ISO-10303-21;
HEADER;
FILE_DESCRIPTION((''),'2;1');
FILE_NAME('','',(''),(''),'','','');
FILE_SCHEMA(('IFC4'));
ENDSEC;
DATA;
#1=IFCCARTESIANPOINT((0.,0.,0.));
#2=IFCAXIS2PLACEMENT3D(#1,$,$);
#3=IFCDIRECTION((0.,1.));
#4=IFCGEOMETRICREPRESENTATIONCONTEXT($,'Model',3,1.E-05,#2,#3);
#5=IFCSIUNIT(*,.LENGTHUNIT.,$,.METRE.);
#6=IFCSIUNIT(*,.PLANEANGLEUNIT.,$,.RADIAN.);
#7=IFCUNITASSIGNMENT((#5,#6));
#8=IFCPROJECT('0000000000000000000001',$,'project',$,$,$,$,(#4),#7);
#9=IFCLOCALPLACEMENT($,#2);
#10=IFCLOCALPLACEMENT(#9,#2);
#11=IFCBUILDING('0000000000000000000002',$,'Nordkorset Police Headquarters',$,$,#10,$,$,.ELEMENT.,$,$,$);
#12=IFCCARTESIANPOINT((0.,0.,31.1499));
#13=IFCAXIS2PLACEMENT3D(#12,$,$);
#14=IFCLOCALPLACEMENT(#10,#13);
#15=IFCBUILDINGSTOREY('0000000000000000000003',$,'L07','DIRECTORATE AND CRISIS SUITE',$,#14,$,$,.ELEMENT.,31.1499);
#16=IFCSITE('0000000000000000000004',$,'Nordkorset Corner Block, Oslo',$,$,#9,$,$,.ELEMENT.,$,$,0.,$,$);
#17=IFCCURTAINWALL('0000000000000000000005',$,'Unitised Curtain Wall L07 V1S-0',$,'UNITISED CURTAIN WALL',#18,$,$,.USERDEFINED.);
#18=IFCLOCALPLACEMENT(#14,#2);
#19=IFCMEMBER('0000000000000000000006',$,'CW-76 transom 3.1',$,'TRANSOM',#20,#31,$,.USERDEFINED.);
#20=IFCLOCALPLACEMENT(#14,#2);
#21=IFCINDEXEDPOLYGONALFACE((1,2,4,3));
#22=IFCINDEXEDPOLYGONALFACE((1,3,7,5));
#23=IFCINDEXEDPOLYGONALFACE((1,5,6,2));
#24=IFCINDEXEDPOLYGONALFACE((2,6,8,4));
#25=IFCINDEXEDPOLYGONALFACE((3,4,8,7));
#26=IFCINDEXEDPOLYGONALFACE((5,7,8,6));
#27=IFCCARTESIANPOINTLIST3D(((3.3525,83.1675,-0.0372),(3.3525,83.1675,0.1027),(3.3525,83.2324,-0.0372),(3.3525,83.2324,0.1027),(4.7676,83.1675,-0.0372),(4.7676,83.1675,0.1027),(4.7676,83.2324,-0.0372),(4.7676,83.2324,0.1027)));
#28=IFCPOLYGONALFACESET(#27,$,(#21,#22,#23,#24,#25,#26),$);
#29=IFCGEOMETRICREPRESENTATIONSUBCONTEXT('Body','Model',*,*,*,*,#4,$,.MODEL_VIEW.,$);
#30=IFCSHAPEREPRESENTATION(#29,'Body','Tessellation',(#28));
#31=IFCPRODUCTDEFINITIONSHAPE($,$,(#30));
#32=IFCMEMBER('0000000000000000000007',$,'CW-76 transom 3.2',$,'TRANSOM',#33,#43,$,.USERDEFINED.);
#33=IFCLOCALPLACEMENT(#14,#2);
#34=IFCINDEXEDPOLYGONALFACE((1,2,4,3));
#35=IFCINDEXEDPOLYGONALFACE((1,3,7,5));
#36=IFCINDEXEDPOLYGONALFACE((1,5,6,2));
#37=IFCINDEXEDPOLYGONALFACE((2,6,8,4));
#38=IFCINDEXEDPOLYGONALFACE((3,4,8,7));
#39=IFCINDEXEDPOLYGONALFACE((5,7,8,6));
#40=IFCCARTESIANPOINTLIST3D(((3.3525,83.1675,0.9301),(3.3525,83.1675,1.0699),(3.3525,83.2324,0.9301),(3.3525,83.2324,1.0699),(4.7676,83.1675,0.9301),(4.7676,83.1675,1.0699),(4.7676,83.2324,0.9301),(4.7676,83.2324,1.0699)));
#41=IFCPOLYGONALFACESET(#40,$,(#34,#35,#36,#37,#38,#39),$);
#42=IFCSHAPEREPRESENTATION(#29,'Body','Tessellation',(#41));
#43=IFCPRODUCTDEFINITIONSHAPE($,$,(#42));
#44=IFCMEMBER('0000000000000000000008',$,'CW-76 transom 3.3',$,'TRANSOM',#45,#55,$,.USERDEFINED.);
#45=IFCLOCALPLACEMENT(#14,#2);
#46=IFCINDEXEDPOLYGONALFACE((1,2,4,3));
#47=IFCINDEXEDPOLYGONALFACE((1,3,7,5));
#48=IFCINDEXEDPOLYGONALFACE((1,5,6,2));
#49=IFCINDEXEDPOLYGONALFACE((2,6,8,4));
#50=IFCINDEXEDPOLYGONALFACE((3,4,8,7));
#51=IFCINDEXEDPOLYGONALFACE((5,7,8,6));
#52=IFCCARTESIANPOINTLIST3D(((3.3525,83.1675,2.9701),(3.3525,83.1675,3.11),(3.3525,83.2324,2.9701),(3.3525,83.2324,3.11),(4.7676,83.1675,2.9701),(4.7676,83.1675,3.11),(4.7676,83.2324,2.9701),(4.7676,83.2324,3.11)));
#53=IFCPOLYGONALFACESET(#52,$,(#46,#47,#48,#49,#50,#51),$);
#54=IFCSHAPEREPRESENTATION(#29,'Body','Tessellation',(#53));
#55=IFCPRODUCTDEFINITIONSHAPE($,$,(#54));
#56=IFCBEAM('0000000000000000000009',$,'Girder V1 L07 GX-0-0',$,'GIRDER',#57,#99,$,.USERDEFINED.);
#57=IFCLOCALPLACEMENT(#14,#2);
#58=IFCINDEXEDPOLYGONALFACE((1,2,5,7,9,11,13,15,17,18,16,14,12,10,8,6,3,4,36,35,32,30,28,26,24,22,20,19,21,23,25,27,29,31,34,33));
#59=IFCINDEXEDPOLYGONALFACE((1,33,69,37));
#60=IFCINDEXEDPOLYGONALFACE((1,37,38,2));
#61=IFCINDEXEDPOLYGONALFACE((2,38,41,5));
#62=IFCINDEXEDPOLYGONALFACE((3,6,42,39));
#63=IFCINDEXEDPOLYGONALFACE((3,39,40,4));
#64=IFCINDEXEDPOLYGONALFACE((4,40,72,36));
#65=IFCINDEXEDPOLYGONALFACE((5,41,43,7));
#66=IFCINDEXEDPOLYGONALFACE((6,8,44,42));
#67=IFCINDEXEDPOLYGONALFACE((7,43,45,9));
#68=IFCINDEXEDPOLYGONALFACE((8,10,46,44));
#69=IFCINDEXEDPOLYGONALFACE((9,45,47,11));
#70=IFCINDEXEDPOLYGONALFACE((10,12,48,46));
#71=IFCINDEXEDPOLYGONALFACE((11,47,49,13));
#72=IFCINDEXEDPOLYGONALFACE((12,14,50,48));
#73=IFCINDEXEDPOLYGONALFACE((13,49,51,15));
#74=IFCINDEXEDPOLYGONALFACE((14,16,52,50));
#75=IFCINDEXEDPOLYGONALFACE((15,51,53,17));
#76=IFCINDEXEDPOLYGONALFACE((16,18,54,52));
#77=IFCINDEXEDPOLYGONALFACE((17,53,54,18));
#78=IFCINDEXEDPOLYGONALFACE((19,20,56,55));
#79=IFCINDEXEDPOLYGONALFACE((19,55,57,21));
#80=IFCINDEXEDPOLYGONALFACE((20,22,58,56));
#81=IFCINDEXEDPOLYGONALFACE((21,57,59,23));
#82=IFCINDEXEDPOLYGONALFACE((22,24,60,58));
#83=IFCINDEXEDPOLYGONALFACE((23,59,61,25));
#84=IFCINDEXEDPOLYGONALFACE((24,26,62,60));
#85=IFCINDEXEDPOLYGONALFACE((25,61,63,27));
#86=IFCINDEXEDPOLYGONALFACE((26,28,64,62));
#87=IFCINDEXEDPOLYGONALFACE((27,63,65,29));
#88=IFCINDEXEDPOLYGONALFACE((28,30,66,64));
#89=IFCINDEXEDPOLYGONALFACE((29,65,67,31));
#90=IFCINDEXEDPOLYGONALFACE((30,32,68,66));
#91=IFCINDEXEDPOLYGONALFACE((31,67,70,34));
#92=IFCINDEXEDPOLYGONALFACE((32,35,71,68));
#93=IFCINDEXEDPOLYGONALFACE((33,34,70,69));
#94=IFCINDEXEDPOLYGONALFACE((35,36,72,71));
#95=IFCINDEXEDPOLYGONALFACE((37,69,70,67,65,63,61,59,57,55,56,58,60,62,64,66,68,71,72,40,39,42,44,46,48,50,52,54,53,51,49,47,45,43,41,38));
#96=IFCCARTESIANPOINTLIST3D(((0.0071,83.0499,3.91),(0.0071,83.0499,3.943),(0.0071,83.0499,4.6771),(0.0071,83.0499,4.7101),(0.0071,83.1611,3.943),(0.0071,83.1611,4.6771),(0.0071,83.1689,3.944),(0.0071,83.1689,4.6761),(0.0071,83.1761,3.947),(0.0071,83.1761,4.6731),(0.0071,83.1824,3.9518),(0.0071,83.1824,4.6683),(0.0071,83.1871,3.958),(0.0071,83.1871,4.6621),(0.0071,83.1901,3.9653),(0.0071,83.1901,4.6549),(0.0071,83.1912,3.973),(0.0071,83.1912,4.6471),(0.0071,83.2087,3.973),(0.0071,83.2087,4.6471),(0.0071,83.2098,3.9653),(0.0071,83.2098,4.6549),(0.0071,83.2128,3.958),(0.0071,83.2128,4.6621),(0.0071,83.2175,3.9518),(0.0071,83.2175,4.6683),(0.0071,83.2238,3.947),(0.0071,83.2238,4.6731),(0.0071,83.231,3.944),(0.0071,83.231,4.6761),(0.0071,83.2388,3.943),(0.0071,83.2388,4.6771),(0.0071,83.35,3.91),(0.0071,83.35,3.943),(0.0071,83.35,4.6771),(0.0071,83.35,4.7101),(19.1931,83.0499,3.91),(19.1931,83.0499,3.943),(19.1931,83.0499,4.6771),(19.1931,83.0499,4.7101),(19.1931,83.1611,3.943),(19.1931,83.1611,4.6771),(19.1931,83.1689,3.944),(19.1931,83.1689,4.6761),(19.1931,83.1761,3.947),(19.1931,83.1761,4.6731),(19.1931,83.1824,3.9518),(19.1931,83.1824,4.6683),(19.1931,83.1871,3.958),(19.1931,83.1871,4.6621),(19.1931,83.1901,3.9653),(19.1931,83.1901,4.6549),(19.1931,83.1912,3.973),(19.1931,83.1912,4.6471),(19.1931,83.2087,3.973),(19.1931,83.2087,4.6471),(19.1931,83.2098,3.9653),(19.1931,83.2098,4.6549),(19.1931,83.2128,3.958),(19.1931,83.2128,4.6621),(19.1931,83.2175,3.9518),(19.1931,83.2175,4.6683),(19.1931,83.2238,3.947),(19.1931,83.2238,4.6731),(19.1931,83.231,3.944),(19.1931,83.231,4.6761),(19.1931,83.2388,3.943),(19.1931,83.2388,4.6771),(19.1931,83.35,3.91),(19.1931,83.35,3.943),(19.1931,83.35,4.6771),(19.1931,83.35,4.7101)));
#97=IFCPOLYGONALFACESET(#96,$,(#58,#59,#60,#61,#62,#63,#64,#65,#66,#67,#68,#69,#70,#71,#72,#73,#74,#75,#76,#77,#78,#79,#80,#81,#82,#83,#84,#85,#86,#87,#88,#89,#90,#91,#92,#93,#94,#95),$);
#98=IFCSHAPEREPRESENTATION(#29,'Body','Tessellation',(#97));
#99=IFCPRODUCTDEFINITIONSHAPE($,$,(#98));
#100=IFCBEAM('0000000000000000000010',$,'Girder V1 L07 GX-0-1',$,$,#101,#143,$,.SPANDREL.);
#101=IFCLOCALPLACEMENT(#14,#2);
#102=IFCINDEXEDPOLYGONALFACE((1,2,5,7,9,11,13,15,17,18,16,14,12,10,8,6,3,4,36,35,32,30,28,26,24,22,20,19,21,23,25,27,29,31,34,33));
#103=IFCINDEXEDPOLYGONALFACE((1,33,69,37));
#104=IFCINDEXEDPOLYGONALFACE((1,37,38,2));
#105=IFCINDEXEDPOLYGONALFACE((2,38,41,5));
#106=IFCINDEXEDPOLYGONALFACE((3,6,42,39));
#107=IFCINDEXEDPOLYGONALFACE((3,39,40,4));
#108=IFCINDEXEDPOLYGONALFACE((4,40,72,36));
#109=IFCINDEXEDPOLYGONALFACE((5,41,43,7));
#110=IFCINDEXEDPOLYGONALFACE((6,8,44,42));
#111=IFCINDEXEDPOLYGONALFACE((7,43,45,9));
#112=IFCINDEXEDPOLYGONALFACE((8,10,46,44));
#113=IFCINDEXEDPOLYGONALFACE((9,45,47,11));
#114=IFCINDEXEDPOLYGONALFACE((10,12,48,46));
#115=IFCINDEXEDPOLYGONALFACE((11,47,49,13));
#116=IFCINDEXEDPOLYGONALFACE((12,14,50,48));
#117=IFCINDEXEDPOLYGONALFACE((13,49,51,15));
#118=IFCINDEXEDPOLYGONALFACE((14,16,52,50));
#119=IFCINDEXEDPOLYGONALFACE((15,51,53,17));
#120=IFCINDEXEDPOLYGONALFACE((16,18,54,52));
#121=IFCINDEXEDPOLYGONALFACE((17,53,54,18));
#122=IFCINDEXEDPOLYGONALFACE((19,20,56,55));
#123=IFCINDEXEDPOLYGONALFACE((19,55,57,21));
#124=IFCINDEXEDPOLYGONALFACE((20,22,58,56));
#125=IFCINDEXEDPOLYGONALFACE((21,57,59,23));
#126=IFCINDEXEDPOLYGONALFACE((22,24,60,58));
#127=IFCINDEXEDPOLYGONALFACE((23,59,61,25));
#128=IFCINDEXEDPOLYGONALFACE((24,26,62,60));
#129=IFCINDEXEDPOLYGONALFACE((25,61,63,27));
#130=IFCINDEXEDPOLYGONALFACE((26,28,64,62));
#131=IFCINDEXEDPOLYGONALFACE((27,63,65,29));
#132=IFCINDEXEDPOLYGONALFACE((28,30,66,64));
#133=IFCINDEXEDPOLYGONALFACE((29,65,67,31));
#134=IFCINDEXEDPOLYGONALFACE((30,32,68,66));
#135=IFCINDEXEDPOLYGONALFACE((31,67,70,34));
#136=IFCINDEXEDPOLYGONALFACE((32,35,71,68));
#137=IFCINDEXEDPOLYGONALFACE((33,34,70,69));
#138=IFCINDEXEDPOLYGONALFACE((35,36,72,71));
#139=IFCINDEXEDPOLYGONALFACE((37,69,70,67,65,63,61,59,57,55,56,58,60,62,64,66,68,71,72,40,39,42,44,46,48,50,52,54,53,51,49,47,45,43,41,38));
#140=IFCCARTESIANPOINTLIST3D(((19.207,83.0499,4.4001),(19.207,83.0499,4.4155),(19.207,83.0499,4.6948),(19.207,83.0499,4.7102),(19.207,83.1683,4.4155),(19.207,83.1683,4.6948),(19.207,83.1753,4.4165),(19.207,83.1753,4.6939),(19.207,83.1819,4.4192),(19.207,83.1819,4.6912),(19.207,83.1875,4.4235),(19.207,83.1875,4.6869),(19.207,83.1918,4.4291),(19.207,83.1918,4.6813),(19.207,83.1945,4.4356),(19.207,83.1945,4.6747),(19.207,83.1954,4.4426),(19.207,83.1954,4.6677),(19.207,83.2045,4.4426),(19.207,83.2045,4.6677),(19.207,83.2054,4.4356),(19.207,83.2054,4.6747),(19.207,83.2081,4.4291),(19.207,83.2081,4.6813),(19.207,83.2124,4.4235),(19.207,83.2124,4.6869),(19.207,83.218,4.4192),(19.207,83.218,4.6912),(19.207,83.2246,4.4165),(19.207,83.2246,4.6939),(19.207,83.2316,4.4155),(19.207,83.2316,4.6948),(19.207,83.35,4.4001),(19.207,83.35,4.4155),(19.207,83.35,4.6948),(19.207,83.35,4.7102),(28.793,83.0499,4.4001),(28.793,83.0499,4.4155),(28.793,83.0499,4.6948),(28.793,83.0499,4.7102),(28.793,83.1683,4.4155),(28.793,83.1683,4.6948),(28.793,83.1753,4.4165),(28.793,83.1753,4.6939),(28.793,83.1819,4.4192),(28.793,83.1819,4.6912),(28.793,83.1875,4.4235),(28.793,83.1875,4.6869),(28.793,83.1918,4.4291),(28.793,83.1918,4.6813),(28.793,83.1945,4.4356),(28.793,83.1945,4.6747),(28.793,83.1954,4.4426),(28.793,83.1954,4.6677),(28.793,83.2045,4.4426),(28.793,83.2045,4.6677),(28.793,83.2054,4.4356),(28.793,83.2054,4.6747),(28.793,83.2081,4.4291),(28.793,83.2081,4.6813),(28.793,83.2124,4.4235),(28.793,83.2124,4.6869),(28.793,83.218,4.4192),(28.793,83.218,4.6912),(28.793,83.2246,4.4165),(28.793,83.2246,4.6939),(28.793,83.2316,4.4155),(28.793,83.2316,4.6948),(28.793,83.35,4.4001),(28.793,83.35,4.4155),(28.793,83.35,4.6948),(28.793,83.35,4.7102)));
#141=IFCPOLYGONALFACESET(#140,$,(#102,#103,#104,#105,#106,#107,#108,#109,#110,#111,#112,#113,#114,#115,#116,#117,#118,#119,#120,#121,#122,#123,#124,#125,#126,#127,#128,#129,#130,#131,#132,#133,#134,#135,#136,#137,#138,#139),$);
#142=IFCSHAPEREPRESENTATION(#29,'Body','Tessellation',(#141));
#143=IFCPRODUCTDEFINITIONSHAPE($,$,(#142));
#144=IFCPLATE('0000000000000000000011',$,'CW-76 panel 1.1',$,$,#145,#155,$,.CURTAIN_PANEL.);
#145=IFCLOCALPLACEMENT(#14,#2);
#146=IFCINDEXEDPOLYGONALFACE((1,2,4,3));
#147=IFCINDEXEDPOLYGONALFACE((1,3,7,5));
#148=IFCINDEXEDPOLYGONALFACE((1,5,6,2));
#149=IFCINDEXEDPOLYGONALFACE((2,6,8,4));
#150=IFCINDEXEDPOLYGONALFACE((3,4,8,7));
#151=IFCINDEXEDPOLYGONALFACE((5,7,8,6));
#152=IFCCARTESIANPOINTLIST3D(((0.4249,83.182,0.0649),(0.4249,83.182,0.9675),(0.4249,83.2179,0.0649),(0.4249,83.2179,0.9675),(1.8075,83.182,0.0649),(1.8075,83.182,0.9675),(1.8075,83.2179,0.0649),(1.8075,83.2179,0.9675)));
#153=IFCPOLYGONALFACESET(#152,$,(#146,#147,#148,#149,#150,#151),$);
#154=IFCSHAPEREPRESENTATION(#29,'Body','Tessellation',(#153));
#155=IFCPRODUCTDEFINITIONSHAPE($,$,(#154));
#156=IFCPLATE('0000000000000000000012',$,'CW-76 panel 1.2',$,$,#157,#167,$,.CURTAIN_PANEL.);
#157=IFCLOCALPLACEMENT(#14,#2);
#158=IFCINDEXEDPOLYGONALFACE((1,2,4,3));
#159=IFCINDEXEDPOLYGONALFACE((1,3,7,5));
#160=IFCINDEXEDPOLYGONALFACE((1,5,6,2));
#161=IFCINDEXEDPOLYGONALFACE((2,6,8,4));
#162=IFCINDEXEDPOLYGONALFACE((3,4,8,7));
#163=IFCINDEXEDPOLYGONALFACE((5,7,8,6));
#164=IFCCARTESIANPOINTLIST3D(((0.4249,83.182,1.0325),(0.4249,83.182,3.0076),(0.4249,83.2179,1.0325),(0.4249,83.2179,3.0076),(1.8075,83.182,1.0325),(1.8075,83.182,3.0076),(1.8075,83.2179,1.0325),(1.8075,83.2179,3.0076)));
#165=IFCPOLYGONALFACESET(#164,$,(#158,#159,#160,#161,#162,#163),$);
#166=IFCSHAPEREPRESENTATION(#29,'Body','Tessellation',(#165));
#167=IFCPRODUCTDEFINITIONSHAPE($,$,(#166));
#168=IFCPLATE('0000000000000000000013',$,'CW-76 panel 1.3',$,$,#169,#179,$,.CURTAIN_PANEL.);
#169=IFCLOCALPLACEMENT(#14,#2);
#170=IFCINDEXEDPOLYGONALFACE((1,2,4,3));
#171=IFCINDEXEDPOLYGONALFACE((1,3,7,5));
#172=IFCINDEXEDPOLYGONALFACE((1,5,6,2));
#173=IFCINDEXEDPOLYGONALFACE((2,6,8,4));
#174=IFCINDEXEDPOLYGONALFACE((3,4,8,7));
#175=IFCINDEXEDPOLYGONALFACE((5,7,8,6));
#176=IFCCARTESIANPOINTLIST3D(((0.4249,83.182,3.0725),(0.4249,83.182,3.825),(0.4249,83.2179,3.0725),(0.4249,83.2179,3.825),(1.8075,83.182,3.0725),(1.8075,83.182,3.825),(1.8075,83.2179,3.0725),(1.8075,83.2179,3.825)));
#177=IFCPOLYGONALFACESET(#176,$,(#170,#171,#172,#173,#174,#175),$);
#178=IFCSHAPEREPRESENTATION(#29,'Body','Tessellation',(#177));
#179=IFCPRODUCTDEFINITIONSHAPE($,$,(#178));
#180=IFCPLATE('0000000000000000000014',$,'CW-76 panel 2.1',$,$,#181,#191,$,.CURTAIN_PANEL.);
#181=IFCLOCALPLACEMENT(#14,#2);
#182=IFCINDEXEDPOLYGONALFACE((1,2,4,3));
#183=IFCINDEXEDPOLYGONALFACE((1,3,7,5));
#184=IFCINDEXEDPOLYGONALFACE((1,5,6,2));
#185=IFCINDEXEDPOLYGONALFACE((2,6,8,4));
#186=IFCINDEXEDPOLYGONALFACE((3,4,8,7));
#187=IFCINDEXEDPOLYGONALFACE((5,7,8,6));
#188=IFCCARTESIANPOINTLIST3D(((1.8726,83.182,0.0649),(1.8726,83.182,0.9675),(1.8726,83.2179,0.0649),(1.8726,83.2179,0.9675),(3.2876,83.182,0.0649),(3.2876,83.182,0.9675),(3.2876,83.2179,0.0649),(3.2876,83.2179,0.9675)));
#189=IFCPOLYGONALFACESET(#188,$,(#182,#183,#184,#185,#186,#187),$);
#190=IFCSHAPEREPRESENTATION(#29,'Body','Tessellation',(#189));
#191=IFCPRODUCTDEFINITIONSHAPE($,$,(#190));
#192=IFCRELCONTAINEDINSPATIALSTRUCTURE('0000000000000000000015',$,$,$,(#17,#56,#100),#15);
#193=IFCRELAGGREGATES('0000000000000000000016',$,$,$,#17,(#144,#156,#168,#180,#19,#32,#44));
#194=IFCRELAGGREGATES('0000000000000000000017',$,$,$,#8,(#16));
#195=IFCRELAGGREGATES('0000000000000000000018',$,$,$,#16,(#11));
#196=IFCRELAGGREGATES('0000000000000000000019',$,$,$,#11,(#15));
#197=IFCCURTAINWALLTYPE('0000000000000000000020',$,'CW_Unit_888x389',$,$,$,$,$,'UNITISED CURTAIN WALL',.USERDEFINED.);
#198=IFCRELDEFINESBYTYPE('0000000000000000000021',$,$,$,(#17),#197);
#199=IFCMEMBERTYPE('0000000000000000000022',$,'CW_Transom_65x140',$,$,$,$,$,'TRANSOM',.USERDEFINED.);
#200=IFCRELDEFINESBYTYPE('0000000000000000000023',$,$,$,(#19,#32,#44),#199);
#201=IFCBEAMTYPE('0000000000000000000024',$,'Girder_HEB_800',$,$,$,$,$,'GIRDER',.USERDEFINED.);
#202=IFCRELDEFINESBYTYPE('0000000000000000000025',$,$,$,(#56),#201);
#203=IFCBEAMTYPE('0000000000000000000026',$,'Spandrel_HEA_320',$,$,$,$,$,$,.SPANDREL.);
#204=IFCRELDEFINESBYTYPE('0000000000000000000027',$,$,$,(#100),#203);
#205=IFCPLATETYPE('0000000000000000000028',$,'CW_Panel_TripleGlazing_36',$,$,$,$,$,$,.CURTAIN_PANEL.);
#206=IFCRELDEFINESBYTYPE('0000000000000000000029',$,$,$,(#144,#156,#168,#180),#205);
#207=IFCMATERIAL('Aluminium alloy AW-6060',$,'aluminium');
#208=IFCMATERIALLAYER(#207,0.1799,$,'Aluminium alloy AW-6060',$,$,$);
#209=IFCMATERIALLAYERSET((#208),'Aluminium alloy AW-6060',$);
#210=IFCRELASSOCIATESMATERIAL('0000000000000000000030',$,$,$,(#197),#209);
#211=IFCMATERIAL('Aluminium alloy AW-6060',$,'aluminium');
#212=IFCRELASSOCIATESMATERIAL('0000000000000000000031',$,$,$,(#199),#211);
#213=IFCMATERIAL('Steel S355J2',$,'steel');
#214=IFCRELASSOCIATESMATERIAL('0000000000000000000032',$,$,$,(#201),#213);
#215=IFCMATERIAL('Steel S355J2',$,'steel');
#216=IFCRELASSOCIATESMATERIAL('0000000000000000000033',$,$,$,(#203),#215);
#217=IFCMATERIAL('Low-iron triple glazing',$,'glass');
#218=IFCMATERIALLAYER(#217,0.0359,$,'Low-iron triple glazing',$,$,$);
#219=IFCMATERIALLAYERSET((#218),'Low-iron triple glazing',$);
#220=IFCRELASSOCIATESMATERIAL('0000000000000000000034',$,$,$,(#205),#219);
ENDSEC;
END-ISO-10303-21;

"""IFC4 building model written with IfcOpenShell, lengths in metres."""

from ifc_helpers import new_model, si_unit, direction, frame, origin, origin_2d, place, context, subcontext, project, spatial, rectangle, i_section, extrude, material, layer, layer_set, material_profile, profile_set, type_object, element, aggregate, save


model = new_model("IFC4")

# Units and contexts
model_context = context("Model", 3, precision=1e-05, world=origin(), true_north=direction((0.0, 1.0)))
body_context = subcontext(model_context, "Body", "Model", "MODEL_VIEW")
ifc_project = project(units=[si_unit("LENGTHUNIT", "METRE"), si_unit("PLANEANGLEUNIT", "RADIAN")], contexts=[model_context])

# Site, building, storey
site_placement = place(None, origin())
site = spatial("IfcSite", under=ifc_project, at=site_placement, Name="Nordkorset Corner Block, Oslo", CompositionType="ELEMENT", RefElevation=0.0)
building_placement = place(site_placement, origin())
building = spatial("IfcBuilding", under=site, at=building_placement, Name="Nordkorset Police Headquarters", CompositionType="ELEMENT")
storey_placement = place(building_placement, frame((0.0, 0.0, 31.1499)))
storey = spatial("IfcBuildingStorey", under=building, at=storey_placement, Name="L07", Description="DIRECTORATE AND CRISIS SUITE", CompositionType="ELEMENT", Elevation=31.1499)

# Curtain wall, members
ifc_material_1 = material(Name="Aluminium alloy AW-6060", Category="aluminium")
ifc_layer_1 = layer(ifc_material_1, 0.1799, Name="Aluminium alloy AW-6060")
ifc_layer_set_1 = layer_set([ifc_layer_1], Name="Aluminium alloy AW-6060")
curtain_wall_type = type_object("IfcCurtainWallType", Name="CW_Unit_888x389", ElementType="UNITISED CURTAIN WALL", PredefinedType="USERDEFINED", material=ifc_layer_set_1)
curtain_wall_placement = place(storey_placement, origin())
curtain_wall = element("IfcCurtainWall", 1, at=curtain_wall_placement, inside=storey, type_object=curtain_wall_type, Name="Unitised Curtain Wall L07 V1S-0", ObjectType="UNITISED CURTAIN WALL", PredefinedType="USERDEFINED")
ifc_material_2 = material(Name="Aluminium alloy AW-6060", Category="aluminium")
ifc_material_profile_1 = material_profile(ifc_material_2, rectangle(XDim=0.0649, YDim=0.1399, at=origin_2d()), Name="ALU TRAN 65x140")
ifc_profile_set_1 = profile_set([ifc_material_profile_1], Name="Aluminium alloy AW-6060")
member_type_1 = type_object("IfcMemberType", Name="CW_Transom_65x140", ElementType="TRANSOM", PredefinedType="USERDEFINED", material=ifc_profile_set_1)
member_1_placement = place(storey_placement, frame((3.3525, 83.2, 0.0327), z_axis=(1.0, 0.0, 0.0), x_axis=(0.0, 1.0, 0.0)))
member_1 = element("IfcMember", 2, at=member_1_placement, type_object=member_type_1, Name="CW-76 transom 3.1", ObjectType="TRANSOM", PredefinedType="USERDEFINED", context=body_context, shape_type="SweptSolid", body=[
    extrude(rectangle(XDim=0.0649, YDim=0.1399, at=origin_2d()), origin(), (0.0, 0.0, 1.0), 1.415),
])
member_2_placement = place(storey_placement, frame((3.3525, 83.2, 1.0), z_axis=(1.0, 0.0, 0.0), x_axis=(0.0, 1.0, 0.0)))
member_2 = element("IfcMember", 3, at=member_2_placement, type_object=member_type_1, Name="CW-76 transom 3.2", ObjectType="TRANSOM", PredefinedType="USERDEFINED", context=body_context, shape_type="SweptSolid", body=[
    extrude(rectangle(XDim=0.0649, YDim=0.1399, at=origin_2d()), origin(), (0.0, 0.0, 1.0), 1.415),
])
member_3_placement = place(storey_placement, frame((3.3525, 83.2, 3.04), z_axis=(1.0, 0.0, 0.0), x_axis=(0.0, 1.0, 0.0)))
member_3 = element("IfcMember", 4, at=member_3_placement, type_object=member_type_1, Name="CW-76 transom 3.3", ObjectType="TRANSOM", PredefinedType="USERDEFINED", context=body_context, shape_type="SweptSolid", body=[
    extrude(rectangle(XDim=0.0649, YDim=0.1399, at=origin_2d()), origin(), (0.0, 0.0, 1.0), 1.415),
])

# Beams
ifc_material_3 = material(Name="Steel S355J2", Category="steel")
ifc_material_profile_2 = material_profile(ifc_material_3, i_section(OverallWidth=0.3, OverallDepth=0.8, WebThickness=0.0176, FlangeThickness=0.033, FilletRadius=0.03, at=origin_2d()), Name="HEB 800")
ifc_profile_set_2 = profile_set([ifc_material_profile_2], Name="Steel S355J2")
beam_type_1 = type_object("IfcBeamType", Name="Girder_HEB_800", ElementType="GIRDER", PredefinedType="USERDEFINED", material=ifc_profile_set_2)
beam_1_placement = place(storey_placement, frame((0.0071, 83.2, 4.3101), z_axis=(1.0, 0.0, 0.0), x_axis=(0.0, 1.0, 0.0)))
element("IfcBeam", 5, at=beam_1_placement, inside=storey, type_object=beam_type_1, Name="Girder V1 L07 GX-0-0", ObjectType="GIRDER", PredefinedType="USERDEFINED", context=body_context, shape_type="SweptSolid", body=[
    extrude(i_section(OverallWidth=0.3, OverallDepth=0.8, WebThickness=0.0176, FlangeThickness=0.033, FilletRadius=0.03, at=origin_2d()), origin(), (0.0, 0.0, 1.0), 19.186),
])
ifc_material_4 = material(Name="Steel S355J2", Category="steel")
ifc_material_profile_3 = material_profile(ifc_material_4, i_section(OverallWidth=0.3, OverallDepth=0.3101, WebThickness=0.009, FlangeThickness=0.0154, FilletRadius=0.0271, at=origin_2d()), Name="HEA 320")
ifc_profile_set_3 = profile_set([ifc_material_profile_3], Name="Steel S355J2")
beam_type_2 = type_object("IfcBeamType", Name="Spandrel_HEA_320", PredefinedType="SPANDREL", material=ifc_profile_set_3)
beam_2_placement = place(storey_placement, frame((19.207, 83.2, 4.5552), z_axis=(1.0, 0.0, 0.0), x_axis=(0.0, 1.0, 0.0)))
element("IfcBeam", 6, at=beam_2_placement, inside=storey, type_object=beam_type_2, Name="Girder V1 L07 GX-0-1", PredefinedType="SPANDREL", context=body_context, shape_type="SweptSolid", body=[
    extrude(i_section(OverallWidth=0.3, OverallDepth=0.3101, WebThickness=0.009, FlangeThickness=0.0154, FilletRadius=0.0271, at=origin_2d()), origin(), (0.0, 0.0, 1.0), 9.5859),
])

# Plates
ifc_material_5 = material(Name="Low-iron triple glazing", Category="glass")
ifc_layer_2 = layer(ifc_material_5, 0.0359, Name="Low-iron triple glazing")
ifc_layer_set_2 = layer_set([ifc_layer_2], Name="Low-iron triple glazing")
plate_type = type_object("IfcPlateType", Name="CW_Panel_TripleGlazing_36", PredefinedType="CURTAIN_PANEL", material=ifc_layer_set_2)
plate_1_placement = place(storey_placement, frame((1.1162, 83.2, 0.0649), z_axis=(0.0, 0.0, 1.0), x_axis=(1.0, 0.0, 0.0)))
plate_1 = element("IfcPlate", 7, at=plate_1_placement, type_object=plate_type, Name="CW-76 panel 1.1", PredefinedType="CURTAIN_PANEL", context=body_context, shape_type="SweptSolid", body=[
    extrude(rectangle(XDim=1.3826, YDim=0.0359, at=origin_2d()), origin(), (0.0, 0.0, 1.0), 0.9026),
])
plate_2_placement = place(storey_placement, frame((1.1162, 83.2, 1.0325), z_axis=(0.0, 0.0, 1.0), x_axis=(1.0, 0.0, 0.0)))
plate_2 = element("IfcPlate", 8, at=plate_2_placement, type_object=plate_type, Name="CW-76 panel 1.2", PredefinedType="CURTAIN_PANEL", context=body_context, shape_type="SweptSolid", body=[
    extrude(rectangle(XDim=1.3826, YDim=0.0359, at=origin_2d()), origin(), (0.0, 0.0, 1.0), 1.9751),
])
plate_3_placement = place(storey_placement, frame((1.1162, 83.2, 3.0725), z_axis=(0.0, 0.0, 1.0), x_axis=(1.0, 0.0, 0.0)))
plate_3 = element("IfcPlate", 9, at=plate_3_placement, type_object=plate_type, Name="CW-76 panel 1.3", PredefinedType="CURTAIN_PANEL", context=body_context, shape_type="SweptSolid", body=[
    extrude(rectangle(XDim=1.3826, YDim=0.0359, at=origin_2d()), origin(), (0.0, 0.0, 1.0), 0.7524),
])
plate_4_placement = place(storey_placement, frame((2.5801, 83.2, 0.0649), z_axis=(0.0, 0.0, 1.0), x_axis=(1.0, 0.0, 0.0)))
plate_4 = element("IfcPlate", 10, at=plate_4_placement, type_object=plate_type, Name="CW-76 panel 2.1", PredefinedType="CURTAIN_PANEL", context=body_context, shape_type="SweptSolid", body=[
    extrude(rectangle(XDim=1.415, YDim=0.0359, at=origin_2d()), origin(), (0.0, 0.0, 1.0), 0.9026),
])
aggregate(curtain_wall, [plate_1, plate_2, plate_3, plate_4, member_1, member_2, member_3])

save(model, "model.ifc")
